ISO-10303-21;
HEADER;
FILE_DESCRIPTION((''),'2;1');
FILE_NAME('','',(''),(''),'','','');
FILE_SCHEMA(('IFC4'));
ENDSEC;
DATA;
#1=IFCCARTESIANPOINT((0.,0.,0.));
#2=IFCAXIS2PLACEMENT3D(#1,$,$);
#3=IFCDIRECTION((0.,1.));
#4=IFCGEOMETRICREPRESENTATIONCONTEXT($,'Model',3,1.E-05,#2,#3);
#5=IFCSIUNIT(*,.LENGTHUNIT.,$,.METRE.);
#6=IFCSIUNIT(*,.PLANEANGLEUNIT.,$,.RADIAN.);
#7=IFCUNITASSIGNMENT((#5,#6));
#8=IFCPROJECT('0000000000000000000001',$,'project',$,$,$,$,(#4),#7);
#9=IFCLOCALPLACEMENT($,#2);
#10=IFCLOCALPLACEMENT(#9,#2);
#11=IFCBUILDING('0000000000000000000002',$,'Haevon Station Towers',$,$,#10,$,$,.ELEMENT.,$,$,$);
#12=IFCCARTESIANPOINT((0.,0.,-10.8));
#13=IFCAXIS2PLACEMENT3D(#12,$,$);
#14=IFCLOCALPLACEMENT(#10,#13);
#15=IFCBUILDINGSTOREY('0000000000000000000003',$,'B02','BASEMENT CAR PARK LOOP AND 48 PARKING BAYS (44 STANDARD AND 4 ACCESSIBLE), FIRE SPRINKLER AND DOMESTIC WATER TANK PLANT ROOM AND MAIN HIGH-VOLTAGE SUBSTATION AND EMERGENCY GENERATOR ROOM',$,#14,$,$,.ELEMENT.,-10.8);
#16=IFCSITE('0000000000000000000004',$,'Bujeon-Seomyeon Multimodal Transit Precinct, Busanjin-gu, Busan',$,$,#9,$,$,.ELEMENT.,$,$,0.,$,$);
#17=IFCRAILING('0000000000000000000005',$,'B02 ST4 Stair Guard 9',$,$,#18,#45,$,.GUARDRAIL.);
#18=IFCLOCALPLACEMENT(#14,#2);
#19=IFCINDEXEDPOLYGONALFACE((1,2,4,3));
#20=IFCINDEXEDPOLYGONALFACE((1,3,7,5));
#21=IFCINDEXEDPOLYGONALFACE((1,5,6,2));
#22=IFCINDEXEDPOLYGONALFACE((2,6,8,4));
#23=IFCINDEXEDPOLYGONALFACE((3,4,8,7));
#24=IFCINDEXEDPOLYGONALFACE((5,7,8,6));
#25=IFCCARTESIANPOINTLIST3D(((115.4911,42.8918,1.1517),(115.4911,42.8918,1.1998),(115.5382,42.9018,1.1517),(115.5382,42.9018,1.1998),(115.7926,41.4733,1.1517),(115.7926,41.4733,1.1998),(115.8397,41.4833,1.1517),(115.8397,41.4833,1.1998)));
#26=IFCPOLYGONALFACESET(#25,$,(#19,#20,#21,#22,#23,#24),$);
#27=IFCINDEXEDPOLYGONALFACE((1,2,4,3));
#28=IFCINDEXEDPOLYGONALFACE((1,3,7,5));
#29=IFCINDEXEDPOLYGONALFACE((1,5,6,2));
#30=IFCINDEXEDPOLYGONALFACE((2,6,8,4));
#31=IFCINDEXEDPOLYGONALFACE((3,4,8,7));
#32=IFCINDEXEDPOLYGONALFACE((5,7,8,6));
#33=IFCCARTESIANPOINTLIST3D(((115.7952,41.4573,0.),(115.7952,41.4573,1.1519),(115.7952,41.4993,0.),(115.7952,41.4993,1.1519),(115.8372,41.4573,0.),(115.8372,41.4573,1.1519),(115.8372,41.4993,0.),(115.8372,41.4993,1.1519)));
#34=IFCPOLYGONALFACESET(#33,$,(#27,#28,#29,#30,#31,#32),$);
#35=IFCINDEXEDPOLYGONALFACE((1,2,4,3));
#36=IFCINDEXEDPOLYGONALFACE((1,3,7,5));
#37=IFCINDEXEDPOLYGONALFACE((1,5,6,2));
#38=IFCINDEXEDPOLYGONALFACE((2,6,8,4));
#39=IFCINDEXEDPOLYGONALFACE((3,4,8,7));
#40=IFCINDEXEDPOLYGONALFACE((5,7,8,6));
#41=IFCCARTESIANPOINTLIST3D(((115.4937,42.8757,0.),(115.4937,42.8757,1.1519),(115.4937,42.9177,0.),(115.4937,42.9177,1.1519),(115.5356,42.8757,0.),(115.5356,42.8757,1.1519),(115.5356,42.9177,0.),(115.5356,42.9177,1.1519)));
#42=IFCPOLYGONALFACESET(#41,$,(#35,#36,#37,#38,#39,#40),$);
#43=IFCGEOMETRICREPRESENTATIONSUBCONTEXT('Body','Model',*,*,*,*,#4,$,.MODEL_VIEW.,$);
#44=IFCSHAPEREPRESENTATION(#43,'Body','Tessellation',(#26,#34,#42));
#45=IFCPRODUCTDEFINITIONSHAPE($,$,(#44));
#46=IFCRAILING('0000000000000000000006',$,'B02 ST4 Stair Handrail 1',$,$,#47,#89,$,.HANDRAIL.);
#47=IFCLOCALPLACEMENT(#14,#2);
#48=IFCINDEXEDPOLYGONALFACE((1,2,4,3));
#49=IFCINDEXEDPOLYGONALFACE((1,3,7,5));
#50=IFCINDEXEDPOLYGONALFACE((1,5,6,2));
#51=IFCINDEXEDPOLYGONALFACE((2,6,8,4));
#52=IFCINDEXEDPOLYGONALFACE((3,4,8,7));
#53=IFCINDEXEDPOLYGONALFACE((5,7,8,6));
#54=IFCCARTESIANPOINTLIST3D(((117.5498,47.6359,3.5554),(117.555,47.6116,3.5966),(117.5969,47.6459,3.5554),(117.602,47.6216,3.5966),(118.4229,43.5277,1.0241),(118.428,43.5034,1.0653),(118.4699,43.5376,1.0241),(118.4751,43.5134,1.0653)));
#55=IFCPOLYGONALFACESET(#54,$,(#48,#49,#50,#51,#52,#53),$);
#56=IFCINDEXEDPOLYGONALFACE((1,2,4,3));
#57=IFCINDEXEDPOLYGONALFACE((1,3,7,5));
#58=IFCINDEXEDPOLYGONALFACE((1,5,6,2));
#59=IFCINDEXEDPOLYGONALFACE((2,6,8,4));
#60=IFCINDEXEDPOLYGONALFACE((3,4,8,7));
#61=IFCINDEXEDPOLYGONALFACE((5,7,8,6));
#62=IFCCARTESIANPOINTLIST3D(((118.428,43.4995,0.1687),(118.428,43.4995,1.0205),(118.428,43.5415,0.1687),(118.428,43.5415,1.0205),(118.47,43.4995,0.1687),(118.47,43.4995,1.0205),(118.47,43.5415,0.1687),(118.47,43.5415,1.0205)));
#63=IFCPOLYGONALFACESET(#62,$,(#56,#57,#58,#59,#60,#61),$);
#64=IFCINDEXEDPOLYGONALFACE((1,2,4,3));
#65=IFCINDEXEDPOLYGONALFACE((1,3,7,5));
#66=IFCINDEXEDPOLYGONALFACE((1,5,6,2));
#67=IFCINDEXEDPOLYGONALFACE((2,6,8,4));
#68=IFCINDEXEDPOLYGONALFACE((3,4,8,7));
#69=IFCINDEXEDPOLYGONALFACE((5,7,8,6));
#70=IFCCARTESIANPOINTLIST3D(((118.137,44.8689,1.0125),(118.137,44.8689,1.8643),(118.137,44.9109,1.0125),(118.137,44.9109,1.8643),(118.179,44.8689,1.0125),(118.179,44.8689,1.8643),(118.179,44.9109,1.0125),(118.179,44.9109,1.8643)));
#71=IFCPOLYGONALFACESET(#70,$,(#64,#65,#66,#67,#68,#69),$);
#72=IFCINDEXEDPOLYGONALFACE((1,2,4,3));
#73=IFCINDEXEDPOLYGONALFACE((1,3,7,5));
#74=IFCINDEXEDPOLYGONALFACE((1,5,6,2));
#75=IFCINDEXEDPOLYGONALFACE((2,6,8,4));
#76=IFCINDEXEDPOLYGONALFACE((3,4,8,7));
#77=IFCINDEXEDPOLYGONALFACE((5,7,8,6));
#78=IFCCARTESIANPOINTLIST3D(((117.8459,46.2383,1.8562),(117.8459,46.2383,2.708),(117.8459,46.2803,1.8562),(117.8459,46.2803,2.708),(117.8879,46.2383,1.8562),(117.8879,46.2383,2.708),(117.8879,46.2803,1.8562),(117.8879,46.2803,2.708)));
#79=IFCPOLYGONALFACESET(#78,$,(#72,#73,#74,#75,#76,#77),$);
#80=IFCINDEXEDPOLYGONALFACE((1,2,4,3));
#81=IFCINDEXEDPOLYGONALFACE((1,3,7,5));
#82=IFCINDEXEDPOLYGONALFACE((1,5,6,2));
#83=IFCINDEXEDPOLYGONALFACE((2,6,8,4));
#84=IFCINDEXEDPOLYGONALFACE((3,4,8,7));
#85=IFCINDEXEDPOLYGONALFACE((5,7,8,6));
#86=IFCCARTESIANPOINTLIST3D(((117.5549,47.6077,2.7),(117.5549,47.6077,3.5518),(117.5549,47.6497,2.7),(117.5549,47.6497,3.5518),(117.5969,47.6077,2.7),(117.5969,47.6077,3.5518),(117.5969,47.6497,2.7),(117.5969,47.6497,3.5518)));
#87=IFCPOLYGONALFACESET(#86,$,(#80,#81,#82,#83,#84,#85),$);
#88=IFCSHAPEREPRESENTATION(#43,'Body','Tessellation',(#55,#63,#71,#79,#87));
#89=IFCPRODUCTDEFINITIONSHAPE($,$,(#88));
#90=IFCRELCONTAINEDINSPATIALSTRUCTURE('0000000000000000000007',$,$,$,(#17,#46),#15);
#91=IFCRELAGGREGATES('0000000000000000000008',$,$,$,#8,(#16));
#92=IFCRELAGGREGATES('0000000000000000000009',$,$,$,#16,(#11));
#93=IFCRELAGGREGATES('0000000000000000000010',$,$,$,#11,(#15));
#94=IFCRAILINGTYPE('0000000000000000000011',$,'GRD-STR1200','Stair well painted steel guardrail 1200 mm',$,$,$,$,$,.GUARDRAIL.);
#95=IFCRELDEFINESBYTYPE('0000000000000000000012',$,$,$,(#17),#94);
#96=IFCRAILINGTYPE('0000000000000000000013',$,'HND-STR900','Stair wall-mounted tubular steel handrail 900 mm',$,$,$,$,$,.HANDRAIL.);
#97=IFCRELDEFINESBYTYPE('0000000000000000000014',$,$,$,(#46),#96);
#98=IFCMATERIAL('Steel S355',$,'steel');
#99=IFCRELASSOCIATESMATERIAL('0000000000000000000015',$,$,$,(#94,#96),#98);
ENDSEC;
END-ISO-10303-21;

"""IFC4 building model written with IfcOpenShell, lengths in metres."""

from ifc_helpers import new_model, si_unit, direction, frame, origin, origin_2d, place, context, subcontext, project, spatial, rectangle, extrude, material, type_object, element, save


model = new_model("IFC4")

# Units and contexts
model_context = context("Model", 3, precision=1e-05, world=origin(), true_north=direction((0.0, 1.0)))
body_context = subcontext(model_context, "Body", "Model", "MODEL_VIEW")
ifc_project = project(units=[si_unit("LENGTHUNIT", "METRE"), si_unit("PLANEANGLEUNIT", "RADIAN")], contexts=[model_context])

# Site, building, storey
site_placement = place(None, origin())
site = spatial("IfcSite", under=ifc_project, at=site_placement, Name="Bujeon-Seomyeon Multimodal Transit Precinct, Busanjin-gu, Busan", CompositionType="ELEMENT", RefElevation=0.0)
building_placement = place(site_placement, origin())
building = spatial("IfcBuilding", under=site, at=building_placement, Name="Haevon Station Towers", CompositionType="ELEMENT")
storey_placement = place(building_placement, frame((0.0, 0.0, -10.8)))
storey = spatial("IfcBuildingStorey", under=building, at=storey_placement, Name="B02", Description="BASEMENT CAR PARK LOOP AND 48 PARKING BAYS (44 STANDARD AND 4 ACCESSIBLE), FIRE SPRINKLER AND DOMESTIC WATER TANK PLANT ROOM AND MAIN HIGH-VOLTAGE SUBSTATION AND EMERGENCY GENERATOR ROOM", CompositionType="ELEMENT", Elevation=-10.8)

# Shared definitions
ifc_material_1 = material(Name="Steel S355", Category="steel")

# Railings
railing_type_1 = type_object("IfcRailingType", Name="GRD-STR1200", Description="Stair well painted steel guardrail 1200 mm", PredefinedType="GUARDRAIL", material=ifc_material_1)
for number, where, name in (
    (1, (115.8162, 41.4783, 0.0), "B02 ST4 Stair Guard 9"),
):
    element("IfcRailing", number, at=place(storey_placement, frame(where)), inside=storey, type_object=railing_type_1, Name=name, PredefinedType="GUARDRAIL", context=body_context, shape_type="SweptSolid", body=[
        extrude(rectangle(XDim=0.0481, YDim=0.0481, at=origin_2d()), frame((0.0, 0.0, 1.1758), z_axis=(-0.207919, 0.978146, 0.0), x_axis=(-0.978146, -0.207919, 0.0)), (0.0, 0.0, 1.0), 1.4502),
        extrude(rectangle(XDim=0.042, YDim=0.042, at=origin_2d()), origin(), (0.0, 0.0, 1.0), 1.1519),
        extrude(rectangle(XDim=0.042, YDim=0.042, at=origin_2d()), frame((-0.3015, 1.4185, 0.0)), (0.0, 0.0, 1.0), 1.1519),
    ])
railing_type_2 = type_object("IfcRailingType", Name="HND-STR900", Description="Stair wall-mounted tubular steel handrail 900 mm", PredefinedType="HANDRAIL", material=ifc_material_1)
railing_1_placement = place(storey_placement, frame((118.449, 43.5205, 0.1687)))
element("IfcRailing", 2, at=railing_1_placement, inside=storey, type_object=railing_type_2, Name="B02 ST4 Stair Handrail 1", PredefinedType="HANDRAIL", context=body_context, shape_type="SweptSolid", body=[
    extrude(rectangle(XDim=0.0481, YDim=0.0481, at=origin_2d()), frame((0.0, 0.0, 0.876), z_axis=(-0.178038, 0.837765, 0.516191), x_axis=(-0.978156, -0.207873, 0.0)), (0.0, 0.0, 1.0), 4.9038),
    extrude(rectangle(XDim=0.042, YDim=0.042, at=origin_2d()), origin(), (0.0, 0.0, 1.0), 0.8518),
    extrude(rectangle(XDim=0.042, YDim=0.042, at=origin_2d()), frame((-0.291, 1.3694, 0.8438)), (0.0, 0.0, 1.0), 0.8518),
    extrude(rectangle(XDim=0.042, YDim=0.042, at=origin_2d()), frame((-0.582, 2.7388, 1.6875)), (0.0, 0.0, 1.0), 0.8518),
    extrude(rectangle(XDim=0.042, YDim=0.042, at=origin_2d()), frame((-0.873, 4.1082, 2.5312)), (0.0, 0.0, 1.0), 0.8518),
])

save(model, "model.ifc")
